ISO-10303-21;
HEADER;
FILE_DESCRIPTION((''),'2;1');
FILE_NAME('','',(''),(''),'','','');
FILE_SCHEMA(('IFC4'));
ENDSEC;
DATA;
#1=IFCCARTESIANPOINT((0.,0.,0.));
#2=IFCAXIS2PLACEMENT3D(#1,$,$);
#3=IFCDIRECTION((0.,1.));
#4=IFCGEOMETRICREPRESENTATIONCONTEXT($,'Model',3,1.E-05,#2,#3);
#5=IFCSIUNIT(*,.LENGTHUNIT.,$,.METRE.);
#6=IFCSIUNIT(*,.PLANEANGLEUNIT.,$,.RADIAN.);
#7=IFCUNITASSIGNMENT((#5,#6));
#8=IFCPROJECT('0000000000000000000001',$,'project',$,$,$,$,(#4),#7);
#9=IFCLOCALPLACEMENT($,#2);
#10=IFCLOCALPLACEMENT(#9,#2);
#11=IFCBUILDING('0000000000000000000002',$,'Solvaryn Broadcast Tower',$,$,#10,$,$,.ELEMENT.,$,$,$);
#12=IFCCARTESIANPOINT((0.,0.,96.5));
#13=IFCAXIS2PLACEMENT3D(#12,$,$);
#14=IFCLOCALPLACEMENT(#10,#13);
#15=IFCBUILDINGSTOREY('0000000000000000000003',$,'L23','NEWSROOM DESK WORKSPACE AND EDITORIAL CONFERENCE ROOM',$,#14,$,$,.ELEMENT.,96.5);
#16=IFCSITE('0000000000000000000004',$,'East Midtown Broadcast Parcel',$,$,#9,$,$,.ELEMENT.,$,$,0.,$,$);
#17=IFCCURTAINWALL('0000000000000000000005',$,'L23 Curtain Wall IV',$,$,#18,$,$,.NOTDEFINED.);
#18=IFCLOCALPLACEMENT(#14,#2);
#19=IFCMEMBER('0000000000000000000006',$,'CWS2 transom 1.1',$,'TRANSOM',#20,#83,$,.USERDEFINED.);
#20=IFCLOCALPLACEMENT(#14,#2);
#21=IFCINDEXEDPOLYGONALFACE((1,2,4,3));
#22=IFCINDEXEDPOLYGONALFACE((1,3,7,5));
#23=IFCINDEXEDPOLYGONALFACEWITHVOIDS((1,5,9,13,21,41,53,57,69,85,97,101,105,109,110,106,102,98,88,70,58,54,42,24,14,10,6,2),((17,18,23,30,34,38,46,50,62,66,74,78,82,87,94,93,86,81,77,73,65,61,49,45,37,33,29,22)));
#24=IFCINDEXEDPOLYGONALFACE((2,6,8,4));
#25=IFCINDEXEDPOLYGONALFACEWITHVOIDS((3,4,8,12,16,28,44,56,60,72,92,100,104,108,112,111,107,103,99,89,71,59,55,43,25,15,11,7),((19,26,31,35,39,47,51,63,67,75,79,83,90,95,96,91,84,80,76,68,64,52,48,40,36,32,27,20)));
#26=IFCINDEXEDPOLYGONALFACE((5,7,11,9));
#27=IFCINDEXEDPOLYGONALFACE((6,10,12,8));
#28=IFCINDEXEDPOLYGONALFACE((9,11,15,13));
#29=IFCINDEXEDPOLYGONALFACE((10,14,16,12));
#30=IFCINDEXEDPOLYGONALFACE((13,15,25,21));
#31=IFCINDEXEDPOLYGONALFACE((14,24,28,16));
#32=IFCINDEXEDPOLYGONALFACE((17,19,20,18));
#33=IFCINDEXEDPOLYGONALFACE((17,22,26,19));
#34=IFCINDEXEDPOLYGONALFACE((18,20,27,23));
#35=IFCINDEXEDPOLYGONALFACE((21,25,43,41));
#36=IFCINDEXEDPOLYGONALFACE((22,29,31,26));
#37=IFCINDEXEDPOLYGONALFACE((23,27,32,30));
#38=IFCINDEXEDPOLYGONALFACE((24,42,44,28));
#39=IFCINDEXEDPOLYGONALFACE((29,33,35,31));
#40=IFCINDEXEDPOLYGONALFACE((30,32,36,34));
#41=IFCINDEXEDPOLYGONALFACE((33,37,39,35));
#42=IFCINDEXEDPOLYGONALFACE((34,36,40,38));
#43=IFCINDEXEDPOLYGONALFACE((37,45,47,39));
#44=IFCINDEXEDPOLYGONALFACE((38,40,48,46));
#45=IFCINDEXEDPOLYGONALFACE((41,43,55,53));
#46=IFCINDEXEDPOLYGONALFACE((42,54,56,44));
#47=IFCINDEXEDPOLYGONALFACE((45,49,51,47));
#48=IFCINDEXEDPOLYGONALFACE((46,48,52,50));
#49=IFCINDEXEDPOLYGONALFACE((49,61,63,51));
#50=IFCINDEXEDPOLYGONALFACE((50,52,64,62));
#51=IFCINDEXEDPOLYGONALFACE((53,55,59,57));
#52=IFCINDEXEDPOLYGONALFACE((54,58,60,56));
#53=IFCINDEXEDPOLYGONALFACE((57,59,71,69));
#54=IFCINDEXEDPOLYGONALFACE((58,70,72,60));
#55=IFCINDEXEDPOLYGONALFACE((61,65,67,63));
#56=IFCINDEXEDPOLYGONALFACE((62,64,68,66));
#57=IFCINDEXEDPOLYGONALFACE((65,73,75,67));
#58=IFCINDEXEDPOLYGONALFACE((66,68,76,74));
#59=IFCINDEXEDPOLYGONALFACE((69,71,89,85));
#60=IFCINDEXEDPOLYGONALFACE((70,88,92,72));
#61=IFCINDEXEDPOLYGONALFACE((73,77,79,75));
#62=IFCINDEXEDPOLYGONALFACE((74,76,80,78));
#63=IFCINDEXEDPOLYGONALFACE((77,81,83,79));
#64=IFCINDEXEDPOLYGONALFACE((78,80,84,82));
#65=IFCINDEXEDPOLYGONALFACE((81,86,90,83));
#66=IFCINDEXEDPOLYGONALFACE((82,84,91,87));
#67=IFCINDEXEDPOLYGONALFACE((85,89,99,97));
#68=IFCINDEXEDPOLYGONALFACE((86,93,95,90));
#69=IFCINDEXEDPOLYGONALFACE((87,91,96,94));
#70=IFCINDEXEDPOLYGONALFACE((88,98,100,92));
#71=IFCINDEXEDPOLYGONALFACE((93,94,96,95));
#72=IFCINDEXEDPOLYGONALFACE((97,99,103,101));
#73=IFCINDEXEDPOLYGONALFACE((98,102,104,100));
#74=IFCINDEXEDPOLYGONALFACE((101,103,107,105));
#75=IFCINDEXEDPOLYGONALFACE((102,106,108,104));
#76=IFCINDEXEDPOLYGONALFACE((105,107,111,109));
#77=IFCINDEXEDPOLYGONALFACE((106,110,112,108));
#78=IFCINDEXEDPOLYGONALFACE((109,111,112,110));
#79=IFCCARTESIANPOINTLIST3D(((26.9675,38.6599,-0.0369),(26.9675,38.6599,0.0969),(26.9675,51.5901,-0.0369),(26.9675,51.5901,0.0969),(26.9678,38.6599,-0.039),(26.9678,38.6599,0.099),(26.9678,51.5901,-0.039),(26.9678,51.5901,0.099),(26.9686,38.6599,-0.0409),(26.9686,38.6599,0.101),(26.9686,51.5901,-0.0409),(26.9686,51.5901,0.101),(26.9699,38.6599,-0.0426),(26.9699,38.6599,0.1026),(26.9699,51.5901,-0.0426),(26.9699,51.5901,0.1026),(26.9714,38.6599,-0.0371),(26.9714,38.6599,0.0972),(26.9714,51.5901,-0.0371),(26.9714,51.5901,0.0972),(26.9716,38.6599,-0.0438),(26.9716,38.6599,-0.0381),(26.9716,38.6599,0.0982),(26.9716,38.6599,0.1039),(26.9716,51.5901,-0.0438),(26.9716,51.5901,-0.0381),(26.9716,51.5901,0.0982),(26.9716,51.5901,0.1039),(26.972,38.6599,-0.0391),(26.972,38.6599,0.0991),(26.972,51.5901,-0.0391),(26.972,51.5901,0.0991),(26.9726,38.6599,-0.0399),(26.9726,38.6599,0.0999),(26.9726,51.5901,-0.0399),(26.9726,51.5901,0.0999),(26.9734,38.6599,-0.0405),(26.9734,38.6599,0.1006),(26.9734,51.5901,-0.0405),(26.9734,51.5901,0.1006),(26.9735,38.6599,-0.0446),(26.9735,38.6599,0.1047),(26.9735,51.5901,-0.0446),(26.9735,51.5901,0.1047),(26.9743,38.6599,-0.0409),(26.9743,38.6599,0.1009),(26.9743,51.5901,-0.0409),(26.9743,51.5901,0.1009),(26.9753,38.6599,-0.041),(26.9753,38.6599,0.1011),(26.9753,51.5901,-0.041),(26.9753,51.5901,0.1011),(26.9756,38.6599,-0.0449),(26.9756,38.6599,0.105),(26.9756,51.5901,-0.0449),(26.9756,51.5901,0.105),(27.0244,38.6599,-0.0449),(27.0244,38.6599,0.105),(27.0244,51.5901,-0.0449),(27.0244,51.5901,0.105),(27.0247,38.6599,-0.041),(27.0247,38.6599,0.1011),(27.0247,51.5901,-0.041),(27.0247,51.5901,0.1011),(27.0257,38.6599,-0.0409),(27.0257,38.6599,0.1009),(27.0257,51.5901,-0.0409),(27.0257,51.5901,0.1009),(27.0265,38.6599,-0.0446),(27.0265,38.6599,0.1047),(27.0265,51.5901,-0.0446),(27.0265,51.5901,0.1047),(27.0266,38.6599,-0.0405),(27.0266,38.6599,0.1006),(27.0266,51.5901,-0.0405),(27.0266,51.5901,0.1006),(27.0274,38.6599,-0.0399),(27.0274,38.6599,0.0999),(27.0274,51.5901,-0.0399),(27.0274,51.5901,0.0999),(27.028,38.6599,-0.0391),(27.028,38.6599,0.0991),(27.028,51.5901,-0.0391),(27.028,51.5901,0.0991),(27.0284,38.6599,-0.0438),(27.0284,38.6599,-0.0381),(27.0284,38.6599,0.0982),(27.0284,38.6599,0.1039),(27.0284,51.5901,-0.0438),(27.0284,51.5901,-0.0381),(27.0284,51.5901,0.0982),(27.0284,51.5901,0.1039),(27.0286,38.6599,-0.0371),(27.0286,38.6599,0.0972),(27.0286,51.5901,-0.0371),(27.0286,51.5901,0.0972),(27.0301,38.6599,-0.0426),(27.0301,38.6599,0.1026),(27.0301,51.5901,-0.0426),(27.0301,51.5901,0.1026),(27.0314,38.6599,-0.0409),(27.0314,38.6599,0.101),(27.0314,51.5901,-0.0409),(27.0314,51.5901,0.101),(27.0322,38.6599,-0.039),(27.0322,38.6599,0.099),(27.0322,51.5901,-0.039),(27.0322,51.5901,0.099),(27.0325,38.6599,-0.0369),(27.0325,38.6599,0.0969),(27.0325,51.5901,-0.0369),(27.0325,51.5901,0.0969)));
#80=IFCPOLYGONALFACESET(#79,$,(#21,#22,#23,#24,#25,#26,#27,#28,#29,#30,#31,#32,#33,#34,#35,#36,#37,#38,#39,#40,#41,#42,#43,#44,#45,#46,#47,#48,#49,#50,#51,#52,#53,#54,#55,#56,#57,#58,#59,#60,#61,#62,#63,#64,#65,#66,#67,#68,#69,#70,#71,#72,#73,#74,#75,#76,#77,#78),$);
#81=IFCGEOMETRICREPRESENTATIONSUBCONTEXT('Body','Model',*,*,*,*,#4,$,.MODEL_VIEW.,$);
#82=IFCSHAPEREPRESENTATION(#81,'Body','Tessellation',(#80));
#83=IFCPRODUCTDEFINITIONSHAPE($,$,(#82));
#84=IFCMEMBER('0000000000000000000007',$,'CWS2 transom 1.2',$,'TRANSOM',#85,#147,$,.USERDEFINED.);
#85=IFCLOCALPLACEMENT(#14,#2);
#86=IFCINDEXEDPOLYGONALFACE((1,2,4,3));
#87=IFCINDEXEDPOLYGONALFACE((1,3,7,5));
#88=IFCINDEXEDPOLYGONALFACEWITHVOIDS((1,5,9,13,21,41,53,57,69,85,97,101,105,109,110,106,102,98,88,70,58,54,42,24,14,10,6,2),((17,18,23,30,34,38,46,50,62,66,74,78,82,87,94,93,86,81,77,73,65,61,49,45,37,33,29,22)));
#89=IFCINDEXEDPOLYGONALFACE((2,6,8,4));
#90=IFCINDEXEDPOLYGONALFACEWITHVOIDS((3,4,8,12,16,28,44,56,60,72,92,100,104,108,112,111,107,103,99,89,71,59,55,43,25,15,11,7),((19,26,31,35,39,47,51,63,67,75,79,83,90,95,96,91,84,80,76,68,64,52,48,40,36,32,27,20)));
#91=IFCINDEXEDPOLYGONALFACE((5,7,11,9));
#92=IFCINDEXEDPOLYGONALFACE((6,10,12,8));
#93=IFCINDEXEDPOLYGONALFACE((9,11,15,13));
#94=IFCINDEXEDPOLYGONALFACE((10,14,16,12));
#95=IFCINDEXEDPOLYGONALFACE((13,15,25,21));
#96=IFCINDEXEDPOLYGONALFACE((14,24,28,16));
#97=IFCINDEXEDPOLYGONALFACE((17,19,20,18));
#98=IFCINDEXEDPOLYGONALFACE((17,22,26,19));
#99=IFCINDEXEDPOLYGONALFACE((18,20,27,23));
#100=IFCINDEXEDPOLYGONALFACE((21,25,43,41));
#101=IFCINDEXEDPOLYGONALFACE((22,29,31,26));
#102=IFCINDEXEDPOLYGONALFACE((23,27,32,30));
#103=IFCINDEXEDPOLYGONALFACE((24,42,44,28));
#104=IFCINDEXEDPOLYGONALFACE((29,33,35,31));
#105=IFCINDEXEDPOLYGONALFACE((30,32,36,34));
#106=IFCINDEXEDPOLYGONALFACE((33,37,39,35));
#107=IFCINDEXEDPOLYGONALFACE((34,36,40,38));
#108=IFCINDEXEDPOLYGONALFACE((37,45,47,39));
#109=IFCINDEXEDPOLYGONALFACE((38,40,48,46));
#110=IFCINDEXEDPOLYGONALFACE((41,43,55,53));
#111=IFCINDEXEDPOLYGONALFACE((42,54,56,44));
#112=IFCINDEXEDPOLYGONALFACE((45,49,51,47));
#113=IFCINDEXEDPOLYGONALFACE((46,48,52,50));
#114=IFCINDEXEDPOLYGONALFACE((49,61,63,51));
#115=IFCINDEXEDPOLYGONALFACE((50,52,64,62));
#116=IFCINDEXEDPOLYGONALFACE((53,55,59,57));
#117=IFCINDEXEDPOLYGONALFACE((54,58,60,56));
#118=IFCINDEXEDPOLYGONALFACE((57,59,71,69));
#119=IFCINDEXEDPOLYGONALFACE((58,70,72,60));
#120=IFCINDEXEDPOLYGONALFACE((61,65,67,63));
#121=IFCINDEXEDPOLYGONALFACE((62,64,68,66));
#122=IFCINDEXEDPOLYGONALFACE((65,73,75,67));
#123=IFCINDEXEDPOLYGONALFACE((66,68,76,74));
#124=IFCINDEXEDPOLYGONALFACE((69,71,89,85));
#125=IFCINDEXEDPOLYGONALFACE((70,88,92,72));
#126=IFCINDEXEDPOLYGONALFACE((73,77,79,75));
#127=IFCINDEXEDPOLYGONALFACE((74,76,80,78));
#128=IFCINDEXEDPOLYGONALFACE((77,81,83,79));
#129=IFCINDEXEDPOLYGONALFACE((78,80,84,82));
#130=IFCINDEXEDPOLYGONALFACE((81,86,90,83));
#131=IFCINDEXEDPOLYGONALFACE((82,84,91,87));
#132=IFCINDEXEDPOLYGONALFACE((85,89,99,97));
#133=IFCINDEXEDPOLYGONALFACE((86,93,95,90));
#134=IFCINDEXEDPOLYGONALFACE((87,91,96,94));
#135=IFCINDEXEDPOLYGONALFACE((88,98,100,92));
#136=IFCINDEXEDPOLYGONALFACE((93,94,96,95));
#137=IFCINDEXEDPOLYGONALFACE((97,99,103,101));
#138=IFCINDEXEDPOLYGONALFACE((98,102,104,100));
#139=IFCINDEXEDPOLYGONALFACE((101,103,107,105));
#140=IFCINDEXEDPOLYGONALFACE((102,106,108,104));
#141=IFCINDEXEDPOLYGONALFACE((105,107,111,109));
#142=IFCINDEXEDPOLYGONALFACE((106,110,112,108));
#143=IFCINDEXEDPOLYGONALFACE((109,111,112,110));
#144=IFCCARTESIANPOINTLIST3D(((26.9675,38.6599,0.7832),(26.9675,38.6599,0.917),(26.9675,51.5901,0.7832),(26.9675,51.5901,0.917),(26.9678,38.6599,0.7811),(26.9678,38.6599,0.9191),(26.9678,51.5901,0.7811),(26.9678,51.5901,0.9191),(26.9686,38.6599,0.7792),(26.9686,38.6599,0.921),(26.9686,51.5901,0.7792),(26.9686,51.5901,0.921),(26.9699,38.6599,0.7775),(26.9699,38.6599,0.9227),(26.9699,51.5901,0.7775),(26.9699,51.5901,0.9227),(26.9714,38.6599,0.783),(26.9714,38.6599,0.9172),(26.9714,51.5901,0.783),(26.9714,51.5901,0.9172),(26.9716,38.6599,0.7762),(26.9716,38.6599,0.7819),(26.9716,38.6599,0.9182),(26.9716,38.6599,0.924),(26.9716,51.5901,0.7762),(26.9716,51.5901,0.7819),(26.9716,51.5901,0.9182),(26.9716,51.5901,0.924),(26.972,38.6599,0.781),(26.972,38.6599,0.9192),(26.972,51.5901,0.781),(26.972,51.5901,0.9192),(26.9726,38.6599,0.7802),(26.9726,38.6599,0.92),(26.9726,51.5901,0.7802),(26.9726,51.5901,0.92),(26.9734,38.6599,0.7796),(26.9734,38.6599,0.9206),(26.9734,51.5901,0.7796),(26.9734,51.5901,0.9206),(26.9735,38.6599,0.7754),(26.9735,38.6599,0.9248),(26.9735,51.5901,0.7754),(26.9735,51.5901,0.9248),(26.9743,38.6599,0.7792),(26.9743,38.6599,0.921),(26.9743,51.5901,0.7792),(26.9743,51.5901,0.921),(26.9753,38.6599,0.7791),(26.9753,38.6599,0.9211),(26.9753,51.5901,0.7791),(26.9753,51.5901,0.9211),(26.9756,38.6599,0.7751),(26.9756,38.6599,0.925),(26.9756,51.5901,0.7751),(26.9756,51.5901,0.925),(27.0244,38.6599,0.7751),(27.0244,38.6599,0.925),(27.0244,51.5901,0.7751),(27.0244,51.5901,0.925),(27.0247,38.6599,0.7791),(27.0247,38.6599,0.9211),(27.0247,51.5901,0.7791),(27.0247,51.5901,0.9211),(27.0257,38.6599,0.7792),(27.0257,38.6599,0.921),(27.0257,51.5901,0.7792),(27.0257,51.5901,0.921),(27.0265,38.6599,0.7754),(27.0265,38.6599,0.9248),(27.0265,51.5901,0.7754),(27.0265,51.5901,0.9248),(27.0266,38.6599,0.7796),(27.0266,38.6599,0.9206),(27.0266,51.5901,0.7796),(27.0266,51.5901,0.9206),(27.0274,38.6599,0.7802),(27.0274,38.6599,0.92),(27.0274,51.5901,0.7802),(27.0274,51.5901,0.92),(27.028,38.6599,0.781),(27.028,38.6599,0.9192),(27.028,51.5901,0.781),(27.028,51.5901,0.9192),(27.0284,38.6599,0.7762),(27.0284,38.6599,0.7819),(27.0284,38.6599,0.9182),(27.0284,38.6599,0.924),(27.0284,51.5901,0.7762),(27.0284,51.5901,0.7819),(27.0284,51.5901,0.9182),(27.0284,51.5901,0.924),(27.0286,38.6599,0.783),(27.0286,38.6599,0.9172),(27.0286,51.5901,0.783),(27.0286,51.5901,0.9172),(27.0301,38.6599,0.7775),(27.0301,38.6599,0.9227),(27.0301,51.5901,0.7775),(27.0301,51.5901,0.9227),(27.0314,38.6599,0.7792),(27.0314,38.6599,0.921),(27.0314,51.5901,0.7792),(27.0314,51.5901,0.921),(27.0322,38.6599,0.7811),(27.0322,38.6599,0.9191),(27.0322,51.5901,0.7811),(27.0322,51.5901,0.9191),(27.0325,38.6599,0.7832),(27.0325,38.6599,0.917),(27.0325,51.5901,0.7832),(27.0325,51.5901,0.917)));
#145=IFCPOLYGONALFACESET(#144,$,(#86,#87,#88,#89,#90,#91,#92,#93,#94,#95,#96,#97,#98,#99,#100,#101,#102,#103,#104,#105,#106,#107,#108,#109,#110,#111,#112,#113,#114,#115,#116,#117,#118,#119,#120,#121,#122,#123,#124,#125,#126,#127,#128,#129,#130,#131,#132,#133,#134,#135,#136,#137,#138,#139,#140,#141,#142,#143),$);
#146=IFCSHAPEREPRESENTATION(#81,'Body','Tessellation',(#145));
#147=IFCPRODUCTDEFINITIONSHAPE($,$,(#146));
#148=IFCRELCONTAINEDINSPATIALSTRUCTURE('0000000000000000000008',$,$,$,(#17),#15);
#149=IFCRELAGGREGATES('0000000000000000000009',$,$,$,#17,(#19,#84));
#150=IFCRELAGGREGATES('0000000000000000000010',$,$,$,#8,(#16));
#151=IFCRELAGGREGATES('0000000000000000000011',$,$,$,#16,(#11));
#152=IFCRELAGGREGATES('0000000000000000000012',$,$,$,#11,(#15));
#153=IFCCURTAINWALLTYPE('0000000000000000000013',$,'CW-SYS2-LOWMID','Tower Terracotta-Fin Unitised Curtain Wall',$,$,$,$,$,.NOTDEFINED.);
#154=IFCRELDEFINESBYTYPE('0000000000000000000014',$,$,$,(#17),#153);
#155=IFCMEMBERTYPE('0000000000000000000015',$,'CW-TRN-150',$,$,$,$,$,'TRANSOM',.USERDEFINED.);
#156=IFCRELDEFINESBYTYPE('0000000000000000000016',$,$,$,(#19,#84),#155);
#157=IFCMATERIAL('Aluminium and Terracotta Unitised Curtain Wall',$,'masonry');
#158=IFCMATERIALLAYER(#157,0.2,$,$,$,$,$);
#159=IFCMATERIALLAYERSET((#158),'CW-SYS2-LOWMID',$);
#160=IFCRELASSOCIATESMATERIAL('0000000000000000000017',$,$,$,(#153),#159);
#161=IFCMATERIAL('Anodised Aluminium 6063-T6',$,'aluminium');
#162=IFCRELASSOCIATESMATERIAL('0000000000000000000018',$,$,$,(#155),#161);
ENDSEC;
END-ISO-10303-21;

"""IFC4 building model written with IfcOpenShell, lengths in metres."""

from ifc_helpers import new_model, si_unit, direction, frame, origin, origin_2d, place, context, subcontext, project, spatial, hollow_rectangle, extrude, material, layer, layer_set, material_profile, profile_set, type_object, element, aggregate, save


model = new_model("IFC4")

# Units and contexts
model_context = context("Model", 3, precision=1e-05, world=origin(), true_north=direction((0.0, 1.0)))
body_context = subcontext(model_context, "Body", "Model", "MODEL_VIEW")
ifc_project = project(units=[si_unit("LENGTHUNIT", "METRE"), si_unit("PLANEANGLEUNIT", "RADIAN")], contexts=[model_context])

# Site, building, storey
site_placement = place(None, origin())
site = spatial("IfcSite", under=ifc_project, at=site_placement, Name="East Midtown Broadcast Parcel", CompositionType="ELEMENT", RefElevation=0.0)
building_placement = place(site_placement, origin())
building = spatial("IfcBuilding", under=site, at=building_placement, Name="Solvaryn Broadcast Tower", CompositionType="ELEMENT")
storey_placement = place(building_placement, frame((0.0, 0.0, 96.5)))
storey = spatial("IfcBuildingStorey", under=building, at=storey_placement, Name="L23", Description="NEWSROOM DESK WORKSPACE AND EDITORIAL CONFERENCE ROOM", CompositionType="ELEMENT", Elevation=96.5)

# Curtain wall
ifc_material_1 = material(Name="Aluminium and Terracotta Unitised Curtain Wall", Category="masonry")
ifc_layer_1 = layer(ifc_material_1, 0.2)
ifc_layer_set_1 = layer_set([ifc_layer_1], Name="CW-SYS2-LOWMID")
curtain_wall_type = type_object("IfcCurtainWallType", Name="CW-SYS2-LOWMID", Description="Tower Terracotta-Fin Unitised Curtain Wall", PredefinedType="NOTDEFINED", material=ifc_layer_set_1)
curtain_wall_1_placement = place(storey_placement, origin())
curtain_wall_1 = element("IfcCurtainWall", 1, at=curtain_wall_1_placement, inside=storey, type_object=curtain_wall_type, Name="L23 Curtain Wall IV", PredefinedType="NOTDEFINED")

# Members
ifc_material_2 = material(Name="Anodised Aluminium 6063-T6", Category="aluminium")
ifc_material_profile_1 = material_profile(ifc_material_2, hollow_rectangle(XDim=0.0649, YDim=0.1499, WallThickness=0.0039, InnerFilletRadius=0.0039, OuterFilletRadius=0.0081, at=origin_2d()))
ifc_profile_set_1 = profile_set([ifc_material_profile_1], Name="Anodised Aluminium 6063-T6")
member_type_1 = type_object("IfcMemberType", Name="CW-TRN-150", ElementType="TRANSOM", PredefinedType="USERDEFINED", material=ifc_profile_set_1)
member_1_placement = place(storey_placement, frame((27.0, 51.5901, 0.03), z_axis=(0.0, -1.0, 0.0), x_axis=(1.0, 0.0, 0.0)))
member_1 = element("IfcMember", 2, at=member_1_placement, type_object=member_type_1, Name="CWS2 transom 1.1", ObjectType="TRANSOM", PredefinedType="USERDEFINED", context=body_context, shape_type="SweptSolid", body=[
    extrude(hollow_rectangle(XDim=0.0649, YDim=0.1499, WallThickness=0.0039, InnerFilletRadius=0.0039, OuterFilletRadius=0.0081, at=origin_2d()), origin(), (0.0, 0.0, 1.0), 12.9302),
])
member_2_placement = place(storey_placement, frame((27.0, 51.5901, 0.8501), z_axis=(0.0, -1.0, 0.0), x_axis=(1.0, 0.0, 0.0)))
member_2 = element("IfcMember", 3, at=member_2_placement, type_object=member_type_1, Name="CWS2 transom 1.2", ObjectType="TRANSOM", PredefinedType="USERDEFINED", context=body_context, shape_type="SweptSolid", body=[
    extrude(hollow_rectangle(XDim=0.0649, YDim=0.1499, WallThickness=0.0039, InnerFilletRadius=0.0039, OuterFilletRadius=0.0081, at=origin_2d()), origin(), (0.0, 0.0, 1.0), 12.9302),
])

aggregate(curtain_wall_1, [member_1, member_2])

save(model, "model.ifc")
